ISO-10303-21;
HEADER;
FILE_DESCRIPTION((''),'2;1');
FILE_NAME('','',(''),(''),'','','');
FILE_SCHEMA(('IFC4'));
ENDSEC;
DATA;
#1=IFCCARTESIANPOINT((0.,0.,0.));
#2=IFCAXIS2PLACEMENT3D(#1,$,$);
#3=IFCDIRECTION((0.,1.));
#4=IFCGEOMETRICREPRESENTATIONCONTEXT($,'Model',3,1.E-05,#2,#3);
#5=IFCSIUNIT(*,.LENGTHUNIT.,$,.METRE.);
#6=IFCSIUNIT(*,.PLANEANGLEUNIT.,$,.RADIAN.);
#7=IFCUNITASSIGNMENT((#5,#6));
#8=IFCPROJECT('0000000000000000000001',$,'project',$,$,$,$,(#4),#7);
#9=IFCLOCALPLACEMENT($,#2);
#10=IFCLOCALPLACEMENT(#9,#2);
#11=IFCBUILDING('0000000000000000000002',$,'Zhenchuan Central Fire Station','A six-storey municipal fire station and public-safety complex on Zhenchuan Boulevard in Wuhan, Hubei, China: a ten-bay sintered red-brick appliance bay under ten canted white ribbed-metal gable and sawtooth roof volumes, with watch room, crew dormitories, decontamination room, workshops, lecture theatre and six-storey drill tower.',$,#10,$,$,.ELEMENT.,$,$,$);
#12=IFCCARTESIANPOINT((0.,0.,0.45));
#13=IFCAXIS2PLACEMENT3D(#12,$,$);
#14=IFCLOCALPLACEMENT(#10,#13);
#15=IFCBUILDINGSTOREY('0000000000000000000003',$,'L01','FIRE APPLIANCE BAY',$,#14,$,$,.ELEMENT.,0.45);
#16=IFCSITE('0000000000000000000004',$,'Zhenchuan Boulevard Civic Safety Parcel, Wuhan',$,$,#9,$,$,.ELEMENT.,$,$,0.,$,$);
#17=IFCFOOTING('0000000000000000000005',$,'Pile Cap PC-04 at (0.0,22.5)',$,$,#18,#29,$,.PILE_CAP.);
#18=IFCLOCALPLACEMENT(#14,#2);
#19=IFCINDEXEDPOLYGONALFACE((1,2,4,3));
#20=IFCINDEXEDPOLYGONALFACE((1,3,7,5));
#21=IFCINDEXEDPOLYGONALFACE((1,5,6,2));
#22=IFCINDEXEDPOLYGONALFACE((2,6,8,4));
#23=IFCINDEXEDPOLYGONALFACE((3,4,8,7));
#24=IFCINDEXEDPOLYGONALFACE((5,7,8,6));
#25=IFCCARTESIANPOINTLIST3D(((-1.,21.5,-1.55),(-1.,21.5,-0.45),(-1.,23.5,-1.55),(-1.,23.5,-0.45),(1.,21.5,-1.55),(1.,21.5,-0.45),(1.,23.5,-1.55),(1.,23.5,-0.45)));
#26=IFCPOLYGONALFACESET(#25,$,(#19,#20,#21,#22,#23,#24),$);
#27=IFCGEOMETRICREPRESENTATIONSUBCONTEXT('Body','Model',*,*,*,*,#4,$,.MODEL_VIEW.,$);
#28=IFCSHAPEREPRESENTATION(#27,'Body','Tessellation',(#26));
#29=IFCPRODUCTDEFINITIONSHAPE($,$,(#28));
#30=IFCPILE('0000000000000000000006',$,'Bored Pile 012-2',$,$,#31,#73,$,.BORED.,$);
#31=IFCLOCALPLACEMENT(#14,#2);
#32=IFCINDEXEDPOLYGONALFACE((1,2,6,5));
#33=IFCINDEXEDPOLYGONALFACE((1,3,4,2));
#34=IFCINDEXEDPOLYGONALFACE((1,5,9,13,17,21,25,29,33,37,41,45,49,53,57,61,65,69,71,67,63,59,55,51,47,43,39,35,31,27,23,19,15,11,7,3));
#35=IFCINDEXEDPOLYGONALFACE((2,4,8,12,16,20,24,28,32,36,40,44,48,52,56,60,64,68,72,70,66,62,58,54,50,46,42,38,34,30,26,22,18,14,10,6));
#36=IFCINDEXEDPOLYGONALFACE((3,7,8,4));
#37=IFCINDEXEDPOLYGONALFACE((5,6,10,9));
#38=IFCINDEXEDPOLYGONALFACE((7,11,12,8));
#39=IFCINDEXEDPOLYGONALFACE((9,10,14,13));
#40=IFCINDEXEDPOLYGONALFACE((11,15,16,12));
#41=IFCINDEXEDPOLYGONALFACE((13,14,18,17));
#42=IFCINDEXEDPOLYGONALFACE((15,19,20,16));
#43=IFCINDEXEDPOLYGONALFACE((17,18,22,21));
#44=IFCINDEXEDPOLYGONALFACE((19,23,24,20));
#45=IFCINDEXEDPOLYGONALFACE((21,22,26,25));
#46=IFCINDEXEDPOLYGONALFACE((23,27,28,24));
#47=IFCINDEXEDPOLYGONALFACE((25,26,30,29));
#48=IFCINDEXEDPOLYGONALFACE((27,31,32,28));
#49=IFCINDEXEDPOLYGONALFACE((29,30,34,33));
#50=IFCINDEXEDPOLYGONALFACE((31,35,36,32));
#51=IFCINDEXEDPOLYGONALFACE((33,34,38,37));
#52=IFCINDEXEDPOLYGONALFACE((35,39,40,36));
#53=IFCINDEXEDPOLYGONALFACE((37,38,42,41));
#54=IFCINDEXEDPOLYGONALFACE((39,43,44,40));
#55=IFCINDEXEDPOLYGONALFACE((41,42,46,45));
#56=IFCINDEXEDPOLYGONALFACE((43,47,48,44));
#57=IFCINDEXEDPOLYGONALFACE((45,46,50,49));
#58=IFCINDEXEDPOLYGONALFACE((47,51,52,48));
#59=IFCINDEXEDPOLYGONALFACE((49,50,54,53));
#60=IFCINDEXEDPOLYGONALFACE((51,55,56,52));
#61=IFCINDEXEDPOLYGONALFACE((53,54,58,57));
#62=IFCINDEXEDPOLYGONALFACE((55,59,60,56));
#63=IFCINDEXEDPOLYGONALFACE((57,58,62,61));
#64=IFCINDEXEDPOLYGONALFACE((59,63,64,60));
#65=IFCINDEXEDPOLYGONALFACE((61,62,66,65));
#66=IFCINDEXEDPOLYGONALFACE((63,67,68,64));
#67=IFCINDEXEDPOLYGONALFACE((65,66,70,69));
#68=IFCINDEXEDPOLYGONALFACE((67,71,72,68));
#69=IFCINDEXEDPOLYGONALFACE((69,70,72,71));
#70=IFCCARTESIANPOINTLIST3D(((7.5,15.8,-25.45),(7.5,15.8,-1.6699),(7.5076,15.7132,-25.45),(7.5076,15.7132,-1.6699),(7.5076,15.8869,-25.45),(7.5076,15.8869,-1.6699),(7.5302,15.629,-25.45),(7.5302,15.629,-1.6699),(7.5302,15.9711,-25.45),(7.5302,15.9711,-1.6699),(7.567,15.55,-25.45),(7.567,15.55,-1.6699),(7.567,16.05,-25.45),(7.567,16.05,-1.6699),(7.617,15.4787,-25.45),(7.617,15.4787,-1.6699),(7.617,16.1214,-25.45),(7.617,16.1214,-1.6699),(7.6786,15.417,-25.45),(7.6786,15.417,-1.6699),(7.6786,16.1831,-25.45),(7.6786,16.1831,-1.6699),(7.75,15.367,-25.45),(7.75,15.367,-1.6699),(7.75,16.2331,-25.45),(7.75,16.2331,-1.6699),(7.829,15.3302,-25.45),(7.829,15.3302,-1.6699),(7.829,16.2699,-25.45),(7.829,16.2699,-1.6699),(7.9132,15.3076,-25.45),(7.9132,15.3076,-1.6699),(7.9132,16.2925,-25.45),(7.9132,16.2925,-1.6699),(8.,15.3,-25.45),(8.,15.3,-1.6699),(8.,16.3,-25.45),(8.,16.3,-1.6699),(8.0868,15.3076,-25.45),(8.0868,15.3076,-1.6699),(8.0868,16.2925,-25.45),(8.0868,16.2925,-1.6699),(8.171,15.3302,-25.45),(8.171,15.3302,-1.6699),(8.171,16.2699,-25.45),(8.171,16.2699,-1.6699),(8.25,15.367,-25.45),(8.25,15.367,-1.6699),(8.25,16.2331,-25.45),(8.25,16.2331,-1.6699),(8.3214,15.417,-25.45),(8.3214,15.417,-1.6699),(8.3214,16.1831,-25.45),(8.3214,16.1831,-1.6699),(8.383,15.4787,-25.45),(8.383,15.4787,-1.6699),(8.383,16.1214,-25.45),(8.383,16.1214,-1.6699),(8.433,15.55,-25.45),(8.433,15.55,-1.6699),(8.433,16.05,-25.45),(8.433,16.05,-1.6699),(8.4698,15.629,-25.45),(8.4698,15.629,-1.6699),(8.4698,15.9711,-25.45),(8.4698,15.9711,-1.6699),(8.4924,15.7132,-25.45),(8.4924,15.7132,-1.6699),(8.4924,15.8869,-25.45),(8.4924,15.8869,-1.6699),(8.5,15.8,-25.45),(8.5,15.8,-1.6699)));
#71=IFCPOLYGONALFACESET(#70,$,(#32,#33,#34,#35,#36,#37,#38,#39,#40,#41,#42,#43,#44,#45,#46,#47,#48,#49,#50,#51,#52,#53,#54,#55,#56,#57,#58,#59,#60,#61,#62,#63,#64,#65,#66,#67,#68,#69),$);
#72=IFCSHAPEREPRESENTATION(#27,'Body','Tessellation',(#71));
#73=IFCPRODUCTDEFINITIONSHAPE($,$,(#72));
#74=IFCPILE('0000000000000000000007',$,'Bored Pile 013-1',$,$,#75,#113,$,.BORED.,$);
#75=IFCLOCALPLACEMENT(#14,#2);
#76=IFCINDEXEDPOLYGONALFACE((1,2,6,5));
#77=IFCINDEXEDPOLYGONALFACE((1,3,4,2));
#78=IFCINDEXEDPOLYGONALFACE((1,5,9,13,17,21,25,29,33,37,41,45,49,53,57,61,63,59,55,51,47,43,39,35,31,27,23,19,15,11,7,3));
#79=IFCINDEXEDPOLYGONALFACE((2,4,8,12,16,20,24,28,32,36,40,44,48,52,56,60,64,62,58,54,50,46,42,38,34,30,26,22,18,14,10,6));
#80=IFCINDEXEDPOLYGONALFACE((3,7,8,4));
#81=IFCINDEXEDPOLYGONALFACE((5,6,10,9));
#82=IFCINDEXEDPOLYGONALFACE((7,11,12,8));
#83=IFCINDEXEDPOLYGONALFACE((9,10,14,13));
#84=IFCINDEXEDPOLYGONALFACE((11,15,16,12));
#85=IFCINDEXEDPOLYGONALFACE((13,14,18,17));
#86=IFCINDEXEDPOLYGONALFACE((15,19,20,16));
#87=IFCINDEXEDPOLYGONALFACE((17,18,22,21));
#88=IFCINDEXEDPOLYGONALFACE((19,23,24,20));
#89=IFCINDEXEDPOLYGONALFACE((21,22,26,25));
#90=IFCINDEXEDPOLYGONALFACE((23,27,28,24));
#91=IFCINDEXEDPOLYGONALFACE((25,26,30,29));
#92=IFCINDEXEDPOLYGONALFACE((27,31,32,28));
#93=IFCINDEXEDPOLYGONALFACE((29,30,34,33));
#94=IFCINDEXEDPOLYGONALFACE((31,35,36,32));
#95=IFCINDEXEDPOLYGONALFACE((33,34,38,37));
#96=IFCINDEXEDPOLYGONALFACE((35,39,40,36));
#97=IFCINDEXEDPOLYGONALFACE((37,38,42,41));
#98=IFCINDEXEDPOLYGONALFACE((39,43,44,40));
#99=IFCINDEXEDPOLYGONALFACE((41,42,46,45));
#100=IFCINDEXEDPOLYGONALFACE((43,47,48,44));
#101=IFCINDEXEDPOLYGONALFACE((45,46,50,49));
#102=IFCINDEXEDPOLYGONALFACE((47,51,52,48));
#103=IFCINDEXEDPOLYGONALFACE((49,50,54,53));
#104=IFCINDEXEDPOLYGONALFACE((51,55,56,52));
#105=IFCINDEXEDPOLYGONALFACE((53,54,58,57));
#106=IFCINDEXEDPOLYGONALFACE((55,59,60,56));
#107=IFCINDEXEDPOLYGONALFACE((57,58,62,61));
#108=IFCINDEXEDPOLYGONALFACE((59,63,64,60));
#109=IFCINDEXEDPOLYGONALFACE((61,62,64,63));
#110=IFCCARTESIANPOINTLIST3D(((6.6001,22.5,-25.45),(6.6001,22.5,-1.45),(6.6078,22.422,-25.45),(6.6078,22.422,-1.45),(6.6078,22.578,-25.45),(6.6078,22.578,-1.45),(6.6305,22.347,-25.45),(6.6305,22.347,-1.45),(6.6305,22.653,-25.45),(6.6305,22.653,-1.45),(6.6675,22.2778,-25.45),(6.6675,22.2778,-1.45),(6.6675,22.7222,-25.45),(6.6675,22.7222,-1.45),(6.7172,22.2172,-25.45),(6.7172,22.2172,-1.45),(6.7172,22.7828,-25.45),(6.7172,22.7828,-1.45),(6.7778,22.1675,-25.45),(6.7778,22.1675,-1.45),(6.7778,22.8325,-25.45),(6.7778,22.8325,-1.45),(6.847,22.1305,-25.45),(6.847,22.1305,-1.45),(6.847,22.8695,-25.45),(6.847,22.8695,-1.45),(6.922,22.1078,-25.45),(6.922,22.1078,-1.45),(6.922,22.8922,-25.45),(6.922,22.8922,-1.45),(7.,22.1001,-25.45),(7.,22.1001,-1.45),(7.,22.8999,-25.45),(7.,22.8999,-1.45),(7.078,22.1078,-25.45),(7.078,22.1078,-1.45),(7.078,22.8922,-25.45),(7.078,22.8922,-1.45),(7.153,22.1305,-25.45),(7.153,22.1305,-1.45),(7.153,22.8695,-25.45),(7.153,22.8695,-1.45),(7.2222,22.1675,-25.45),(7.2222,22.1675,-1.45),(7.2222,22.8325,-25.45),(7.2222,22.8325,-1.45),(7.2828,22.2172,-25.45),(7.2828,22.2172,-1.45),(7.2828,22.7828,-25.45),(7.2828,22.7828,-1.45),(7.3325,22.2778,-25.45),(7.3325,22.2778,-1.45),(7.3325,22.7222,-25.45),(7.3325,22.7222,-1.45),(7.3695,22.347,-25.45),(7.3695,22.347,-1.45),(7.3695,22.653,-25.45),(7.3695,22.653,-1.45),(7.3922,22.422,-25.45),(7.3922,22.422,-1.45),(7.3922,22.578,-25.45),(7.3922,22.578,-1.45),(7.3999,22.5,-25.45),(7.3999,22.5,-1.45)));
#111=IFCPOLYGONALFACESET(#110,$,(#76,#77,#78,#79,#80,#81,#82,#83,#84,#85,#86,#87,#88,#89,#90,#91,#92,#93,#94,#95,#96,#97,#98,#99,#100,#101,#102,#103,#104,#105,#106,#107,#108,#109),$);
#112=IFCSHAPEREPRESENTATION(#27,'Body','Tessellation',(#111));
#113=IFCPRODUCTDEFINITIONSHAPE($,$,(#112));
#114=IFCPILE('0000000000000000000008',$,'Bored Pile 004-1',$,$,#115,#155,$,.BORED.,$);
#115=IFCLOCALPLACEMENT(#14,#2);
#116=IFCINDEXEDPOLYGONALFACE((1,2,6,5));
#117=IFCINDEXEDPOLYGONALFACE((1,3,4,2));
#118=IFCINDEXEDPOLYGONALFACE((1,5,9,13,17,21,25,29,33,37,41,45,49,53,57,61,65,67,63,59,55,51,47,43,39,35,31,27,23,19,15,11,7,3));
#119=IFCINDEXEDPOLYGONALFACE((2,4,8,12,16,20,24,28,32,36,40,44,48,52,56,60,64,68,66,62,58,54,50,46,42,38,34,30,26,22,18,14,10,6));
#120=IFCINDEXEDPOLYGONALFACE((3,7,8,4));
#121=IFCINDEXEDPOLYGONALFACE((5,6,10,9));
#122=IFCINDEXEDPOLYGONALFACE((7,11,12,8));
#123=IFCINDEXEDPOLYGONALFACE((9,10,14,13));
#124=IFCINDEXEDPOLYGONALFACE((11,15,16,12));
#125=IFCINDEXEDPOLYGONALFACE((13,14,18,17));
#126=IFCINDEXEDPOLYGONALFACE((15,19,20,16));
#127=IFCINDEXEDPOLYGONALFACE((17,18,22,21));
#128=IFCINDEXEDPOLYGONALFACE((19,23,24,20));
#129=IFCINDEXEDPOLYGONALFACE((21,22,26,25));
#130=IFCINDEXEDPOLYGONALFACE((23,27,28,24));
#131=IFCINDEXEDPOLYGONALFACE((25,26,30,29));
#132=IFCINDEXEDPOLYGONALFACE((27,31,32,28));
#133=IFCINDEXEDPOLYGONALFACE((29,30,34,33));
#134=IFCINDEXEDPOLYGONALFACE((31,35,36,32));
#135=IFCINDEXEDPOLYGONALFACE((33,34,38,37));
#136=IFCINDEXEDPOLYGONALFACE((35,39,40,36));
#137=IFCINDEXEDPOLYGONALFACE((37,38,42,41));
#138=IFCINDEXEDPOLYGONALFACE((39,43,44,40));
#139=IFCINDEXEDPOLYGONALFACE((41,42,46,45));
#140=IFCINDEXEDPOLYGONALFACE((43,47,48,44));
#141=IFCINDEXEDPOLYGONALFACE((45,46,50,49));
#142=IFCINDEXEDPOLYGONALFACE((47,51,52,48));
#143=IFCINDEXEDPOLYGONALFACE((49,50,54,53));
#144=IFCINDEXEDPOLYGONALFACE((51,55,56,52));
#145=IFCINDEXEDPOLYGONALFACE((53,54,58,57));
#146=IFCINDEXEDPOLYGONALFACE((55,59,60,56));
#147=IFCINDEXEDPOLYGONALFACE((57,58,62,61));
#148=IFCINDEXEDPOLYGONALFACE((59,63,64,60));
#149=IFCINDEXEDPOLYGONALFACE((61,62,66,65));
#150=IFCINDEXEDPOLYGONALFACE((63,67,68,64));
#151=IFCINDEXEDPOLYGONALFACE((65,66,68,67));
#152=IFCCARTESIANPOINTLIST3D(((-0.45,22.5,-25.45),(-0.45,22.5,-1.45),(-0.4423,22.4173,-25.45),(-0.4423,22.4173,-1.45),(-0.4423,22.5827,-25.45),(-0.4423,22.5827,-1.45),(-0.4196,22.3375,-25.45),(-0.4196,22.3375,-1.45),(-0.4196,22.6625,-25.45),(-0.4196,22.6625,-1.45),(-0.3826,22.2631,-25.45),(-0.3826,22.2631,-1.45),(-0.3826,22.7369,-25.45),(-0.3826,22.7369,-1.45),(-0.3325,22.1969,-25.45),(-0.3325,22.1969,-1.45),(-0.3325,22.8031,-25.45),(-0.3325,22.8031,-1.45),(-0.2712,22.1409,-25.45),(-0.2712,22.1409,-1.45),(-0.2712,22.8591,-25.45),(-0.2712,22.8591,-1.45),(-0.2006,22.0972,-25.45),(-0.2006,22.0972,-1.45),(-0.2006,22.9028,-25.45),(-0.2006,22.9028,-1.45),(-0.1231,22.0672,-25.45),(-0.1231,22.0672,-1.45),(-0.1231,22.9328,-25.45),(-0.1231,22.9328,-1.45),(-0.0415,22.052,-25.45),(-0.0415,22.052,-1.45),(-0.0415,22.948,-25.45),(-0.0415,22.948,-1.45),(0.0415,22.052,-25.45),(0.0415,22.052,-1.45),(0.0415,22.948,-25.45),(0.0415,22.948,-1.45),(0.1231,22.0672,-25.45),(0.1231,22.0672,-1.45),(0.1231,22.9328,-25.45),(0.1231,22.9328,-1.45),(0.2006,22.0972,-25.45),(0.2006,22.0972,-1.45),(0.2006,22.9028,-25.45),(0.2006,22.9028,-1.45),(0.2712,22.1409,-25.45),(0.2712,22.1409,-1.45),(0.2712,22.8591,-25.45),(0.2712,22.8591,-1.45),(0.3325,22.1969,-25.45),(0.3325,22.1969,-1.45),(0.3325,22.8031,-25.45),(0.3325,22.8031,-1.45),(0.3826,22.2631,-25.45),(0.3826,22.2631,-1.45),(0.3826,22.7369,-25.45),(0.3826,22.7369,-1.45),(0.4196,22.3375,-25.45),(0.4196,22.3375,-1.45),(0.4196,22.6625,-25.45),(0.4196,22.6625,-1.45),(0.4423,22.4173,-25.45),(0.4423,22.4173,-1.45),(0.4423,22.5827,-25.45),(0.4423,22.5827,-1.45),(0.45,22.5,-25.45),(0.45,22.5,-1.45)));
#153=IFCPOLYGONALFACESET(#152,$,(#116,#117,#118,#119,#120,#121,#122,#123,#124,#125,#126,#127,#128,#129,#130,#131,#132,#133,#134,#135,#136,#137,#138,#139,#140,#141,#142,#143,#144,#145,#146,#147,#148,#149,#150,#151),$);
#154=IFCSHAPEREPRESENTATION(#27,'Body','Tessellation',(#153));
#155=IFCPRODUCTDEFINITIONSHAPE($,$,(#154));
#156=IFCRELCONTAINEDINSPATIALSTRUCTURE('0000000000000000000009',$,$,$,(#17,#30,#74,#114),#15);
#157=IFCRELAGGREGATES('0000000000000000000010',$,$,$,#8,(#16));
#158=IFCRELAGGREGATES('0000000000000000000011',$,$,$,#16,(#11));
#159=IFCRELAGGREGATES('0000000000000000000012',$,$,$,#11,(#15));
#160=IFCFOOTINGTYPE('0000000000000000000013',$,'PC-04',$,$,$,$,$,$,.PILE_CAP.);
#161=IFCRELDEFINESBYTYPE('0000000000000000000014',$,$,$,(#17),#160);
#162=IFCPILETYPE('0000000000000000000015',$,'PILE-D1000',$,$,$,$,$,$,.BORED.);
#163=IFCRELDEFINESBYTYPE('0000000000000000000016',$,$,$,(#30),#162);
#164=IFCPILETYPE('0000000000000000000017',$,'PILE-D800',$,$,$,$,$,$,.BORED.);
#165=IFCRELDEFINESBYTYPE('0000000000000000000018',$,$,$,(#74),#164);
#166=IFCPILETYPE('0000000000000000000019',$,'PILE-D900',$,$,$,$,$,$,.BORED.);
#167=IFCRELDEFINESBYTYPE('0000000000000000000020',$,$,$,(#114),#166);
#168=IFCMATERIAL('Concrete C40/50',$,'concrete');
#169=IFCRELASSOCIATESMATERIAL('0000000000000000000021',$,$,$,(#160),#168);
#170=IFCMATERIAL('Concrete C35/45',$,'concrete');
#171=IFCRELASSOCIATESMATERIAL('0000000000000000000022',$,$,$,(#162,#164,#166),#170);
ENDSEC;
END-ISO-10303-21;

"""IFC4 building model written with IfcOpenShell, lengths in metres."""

from ifc_helpers import new_model, si_unit, direction, frame, origin, origin_2d, place, context, subcontext, project, spatial, rectangle, circle, extrude, material, material_profile, profile_set, type_object, element, save


model = new_model("IFC4")

# Units and contexts
model_context = context("Model", 3, precision=1e-05, world=origin(), true_north=direction((0.0, 1.0)))
body_context = subcontext(model_context, "Body", "Model", "MODEL_VIEW")
ifc_project = project(units=[si_unit("LENGTHUNIT", "METRE"), si_unit("PLANEANGLEUNIT", "RADIAN")], contexts=[model_context])

# Site, building, storey
site_placement = place(None, origin())
site = spatial("IfcSite", under=ifc_project, at=site_placement, Name="Zhenchuan Boulevard Civic Safety Parcel, Wuhan", CompositionType="ELEMENT", RefElevation=0.0)
building_placement = place(site_placement, origin())
building = spatial("IfcBuilding", under=site, at=building_placement, Name="Zhenchuan Central Fire Station", Description="A six-storey municipal fire station and public-safety complex on Zhenchuan Boulevard in Wuhan, Hubei, China: a ten-bay sintered red-brick appliance bay under ten canted white ribbed-metal gable and sawtooth roof volumes, with watch room, crew dormitories, decontamination room, workshops, lecture theatre and six-storey drill tower.", CompositionType="ELEMENT")
storey_placement = place(building_placement, frame((0.0, 0.0, 0.45)))
storey = spatial("IfcBuildingStorey", under=building, at=storey_placement, Name="L01", Description="FIRE APPLIANCE BAY", CompositionType="ELEMENT", Elevation=0.45)

# Footing
ifc_material_1 = material(Name="Concrete C40/50", Category="concrete")
footing_type = type_object("IfcFootingType", Name="PC-04", PredefinedType="PILE_CAP", material=ifc_material_1)
footing_placement = place(storey_placement, frame((0.0, 22.5, -1.55), z_axis=(0.0, 0.0, 1.0), x_axis=(1.0, 0.0, 0.0)))
element("IfcFooting", 1, at=footing_placement, inside=storey, type_object=footing_type, Name="Pile Cap PC-04 at (0.0,22.5)", PredefinedType="PILE_CAP", context=body_context, shape_type="SweptSolid", body=[
    extrude(rectangle(XDim=2.0, YDim=2.0, at=origin_2d()), origin(), (0.0, 0.0, 1.0), 1.1001),
])

# Piles
ifc_material_2 = material(Name="Concrete C35/45", Category="concrete")
ifc_material_profile_1 = material_profile(ifc_material_2, circle(Radius=0.5, at=origin_2d()), Name="PILE D1000")
ifc_profile_set_1 = profile_set([ifc_material_profile_1], Name="Concrete C35/45")
pile_type_1 = type_object("IfcPileType", Name="PILE-D1000", PredefinedType="BORED", material=ifc_profile_set_1)
pile_1_placement = place(storey_placement, frame((8.0, 15.8, -1.6699), z_axis=(0.0, 0.0, -1.0), x_axis=(1.0, 0.0, 0.0)))
element("IfcPile", 2, at=pile_1_placement, inside=storey, type_object=pile_type_1, Name="Bored Pile 012-2", PredefinedType="BORED", context=body_context, shape_type="SweptSolid", body=[
    extrude(circle(Radius=0.5, at=origin_2d()), origin(), (0.0, 0.0, 1.0), 23.78),
])
ifc_material_profile_2 = material_profile(ifc_material_2, circle(Radius=0.3999, at=origin_2d()), Name="PILE D800")
ifc_profile_set_2 = profile_set([ifc_material_profile_2], Name="Concrete C35/45")
pile_type_2 = type_object("IfcPileType", Name="PILE-D800", PredefinedType="BORED", material=ifc_profile_set_2)
pile_2_placement = place(storey_placement, frame((7.0, 22.5, -1.45), z_axis=(0.0, 0.0, -1.0), x_axis=(1.0, 0.0, 0.0)))
element("IfcPile", 3, at=pile_2_placement, inside=storey, type_object=pile_type_2, Name="Bored Pile 013-1", PredefinedType="BORED", context=body_context, shape_type="SweptSolid", body=[
    extrude(circle(Radius=0.3999, at=origin_2d()), origin(), (0.0, 0.0, 1.0), 24.0),
])
ifc_material_profile_3 = material_profile(ifc_material_2, circle(Radius=0.45, at=origin_2d()), Name="PILE D900")
ifc_profile_set_3 = profile_set([ifc_material_profile_3], Name="Concrete C35/45")
pile_type_3 = type_object("IfcPileType", Name="PILE-D900", PredefinedType="BORED", material=ifc_profile_set_3)
pile_3_placement = place(storey_placement, frame((0.0, 22.5, -1.45), z_axis=(0.0, 0.0, -1.0), x_axis=(1.0, 0.0, 0.0)))
element("IfcPile", 4, at=pile_3_placement, inside=storey, type_object=pile_type_3, Name="Bored Pile 004-1", PredefinedType="BORED", context=body_context, shape_type="SweptSolid", body=[
    extrude(circle(Radius=0.45, at=origin_2d()), origin(), (0.0, 0.0, 1.0), 24.0),
])

save(model, "model.ifc")
